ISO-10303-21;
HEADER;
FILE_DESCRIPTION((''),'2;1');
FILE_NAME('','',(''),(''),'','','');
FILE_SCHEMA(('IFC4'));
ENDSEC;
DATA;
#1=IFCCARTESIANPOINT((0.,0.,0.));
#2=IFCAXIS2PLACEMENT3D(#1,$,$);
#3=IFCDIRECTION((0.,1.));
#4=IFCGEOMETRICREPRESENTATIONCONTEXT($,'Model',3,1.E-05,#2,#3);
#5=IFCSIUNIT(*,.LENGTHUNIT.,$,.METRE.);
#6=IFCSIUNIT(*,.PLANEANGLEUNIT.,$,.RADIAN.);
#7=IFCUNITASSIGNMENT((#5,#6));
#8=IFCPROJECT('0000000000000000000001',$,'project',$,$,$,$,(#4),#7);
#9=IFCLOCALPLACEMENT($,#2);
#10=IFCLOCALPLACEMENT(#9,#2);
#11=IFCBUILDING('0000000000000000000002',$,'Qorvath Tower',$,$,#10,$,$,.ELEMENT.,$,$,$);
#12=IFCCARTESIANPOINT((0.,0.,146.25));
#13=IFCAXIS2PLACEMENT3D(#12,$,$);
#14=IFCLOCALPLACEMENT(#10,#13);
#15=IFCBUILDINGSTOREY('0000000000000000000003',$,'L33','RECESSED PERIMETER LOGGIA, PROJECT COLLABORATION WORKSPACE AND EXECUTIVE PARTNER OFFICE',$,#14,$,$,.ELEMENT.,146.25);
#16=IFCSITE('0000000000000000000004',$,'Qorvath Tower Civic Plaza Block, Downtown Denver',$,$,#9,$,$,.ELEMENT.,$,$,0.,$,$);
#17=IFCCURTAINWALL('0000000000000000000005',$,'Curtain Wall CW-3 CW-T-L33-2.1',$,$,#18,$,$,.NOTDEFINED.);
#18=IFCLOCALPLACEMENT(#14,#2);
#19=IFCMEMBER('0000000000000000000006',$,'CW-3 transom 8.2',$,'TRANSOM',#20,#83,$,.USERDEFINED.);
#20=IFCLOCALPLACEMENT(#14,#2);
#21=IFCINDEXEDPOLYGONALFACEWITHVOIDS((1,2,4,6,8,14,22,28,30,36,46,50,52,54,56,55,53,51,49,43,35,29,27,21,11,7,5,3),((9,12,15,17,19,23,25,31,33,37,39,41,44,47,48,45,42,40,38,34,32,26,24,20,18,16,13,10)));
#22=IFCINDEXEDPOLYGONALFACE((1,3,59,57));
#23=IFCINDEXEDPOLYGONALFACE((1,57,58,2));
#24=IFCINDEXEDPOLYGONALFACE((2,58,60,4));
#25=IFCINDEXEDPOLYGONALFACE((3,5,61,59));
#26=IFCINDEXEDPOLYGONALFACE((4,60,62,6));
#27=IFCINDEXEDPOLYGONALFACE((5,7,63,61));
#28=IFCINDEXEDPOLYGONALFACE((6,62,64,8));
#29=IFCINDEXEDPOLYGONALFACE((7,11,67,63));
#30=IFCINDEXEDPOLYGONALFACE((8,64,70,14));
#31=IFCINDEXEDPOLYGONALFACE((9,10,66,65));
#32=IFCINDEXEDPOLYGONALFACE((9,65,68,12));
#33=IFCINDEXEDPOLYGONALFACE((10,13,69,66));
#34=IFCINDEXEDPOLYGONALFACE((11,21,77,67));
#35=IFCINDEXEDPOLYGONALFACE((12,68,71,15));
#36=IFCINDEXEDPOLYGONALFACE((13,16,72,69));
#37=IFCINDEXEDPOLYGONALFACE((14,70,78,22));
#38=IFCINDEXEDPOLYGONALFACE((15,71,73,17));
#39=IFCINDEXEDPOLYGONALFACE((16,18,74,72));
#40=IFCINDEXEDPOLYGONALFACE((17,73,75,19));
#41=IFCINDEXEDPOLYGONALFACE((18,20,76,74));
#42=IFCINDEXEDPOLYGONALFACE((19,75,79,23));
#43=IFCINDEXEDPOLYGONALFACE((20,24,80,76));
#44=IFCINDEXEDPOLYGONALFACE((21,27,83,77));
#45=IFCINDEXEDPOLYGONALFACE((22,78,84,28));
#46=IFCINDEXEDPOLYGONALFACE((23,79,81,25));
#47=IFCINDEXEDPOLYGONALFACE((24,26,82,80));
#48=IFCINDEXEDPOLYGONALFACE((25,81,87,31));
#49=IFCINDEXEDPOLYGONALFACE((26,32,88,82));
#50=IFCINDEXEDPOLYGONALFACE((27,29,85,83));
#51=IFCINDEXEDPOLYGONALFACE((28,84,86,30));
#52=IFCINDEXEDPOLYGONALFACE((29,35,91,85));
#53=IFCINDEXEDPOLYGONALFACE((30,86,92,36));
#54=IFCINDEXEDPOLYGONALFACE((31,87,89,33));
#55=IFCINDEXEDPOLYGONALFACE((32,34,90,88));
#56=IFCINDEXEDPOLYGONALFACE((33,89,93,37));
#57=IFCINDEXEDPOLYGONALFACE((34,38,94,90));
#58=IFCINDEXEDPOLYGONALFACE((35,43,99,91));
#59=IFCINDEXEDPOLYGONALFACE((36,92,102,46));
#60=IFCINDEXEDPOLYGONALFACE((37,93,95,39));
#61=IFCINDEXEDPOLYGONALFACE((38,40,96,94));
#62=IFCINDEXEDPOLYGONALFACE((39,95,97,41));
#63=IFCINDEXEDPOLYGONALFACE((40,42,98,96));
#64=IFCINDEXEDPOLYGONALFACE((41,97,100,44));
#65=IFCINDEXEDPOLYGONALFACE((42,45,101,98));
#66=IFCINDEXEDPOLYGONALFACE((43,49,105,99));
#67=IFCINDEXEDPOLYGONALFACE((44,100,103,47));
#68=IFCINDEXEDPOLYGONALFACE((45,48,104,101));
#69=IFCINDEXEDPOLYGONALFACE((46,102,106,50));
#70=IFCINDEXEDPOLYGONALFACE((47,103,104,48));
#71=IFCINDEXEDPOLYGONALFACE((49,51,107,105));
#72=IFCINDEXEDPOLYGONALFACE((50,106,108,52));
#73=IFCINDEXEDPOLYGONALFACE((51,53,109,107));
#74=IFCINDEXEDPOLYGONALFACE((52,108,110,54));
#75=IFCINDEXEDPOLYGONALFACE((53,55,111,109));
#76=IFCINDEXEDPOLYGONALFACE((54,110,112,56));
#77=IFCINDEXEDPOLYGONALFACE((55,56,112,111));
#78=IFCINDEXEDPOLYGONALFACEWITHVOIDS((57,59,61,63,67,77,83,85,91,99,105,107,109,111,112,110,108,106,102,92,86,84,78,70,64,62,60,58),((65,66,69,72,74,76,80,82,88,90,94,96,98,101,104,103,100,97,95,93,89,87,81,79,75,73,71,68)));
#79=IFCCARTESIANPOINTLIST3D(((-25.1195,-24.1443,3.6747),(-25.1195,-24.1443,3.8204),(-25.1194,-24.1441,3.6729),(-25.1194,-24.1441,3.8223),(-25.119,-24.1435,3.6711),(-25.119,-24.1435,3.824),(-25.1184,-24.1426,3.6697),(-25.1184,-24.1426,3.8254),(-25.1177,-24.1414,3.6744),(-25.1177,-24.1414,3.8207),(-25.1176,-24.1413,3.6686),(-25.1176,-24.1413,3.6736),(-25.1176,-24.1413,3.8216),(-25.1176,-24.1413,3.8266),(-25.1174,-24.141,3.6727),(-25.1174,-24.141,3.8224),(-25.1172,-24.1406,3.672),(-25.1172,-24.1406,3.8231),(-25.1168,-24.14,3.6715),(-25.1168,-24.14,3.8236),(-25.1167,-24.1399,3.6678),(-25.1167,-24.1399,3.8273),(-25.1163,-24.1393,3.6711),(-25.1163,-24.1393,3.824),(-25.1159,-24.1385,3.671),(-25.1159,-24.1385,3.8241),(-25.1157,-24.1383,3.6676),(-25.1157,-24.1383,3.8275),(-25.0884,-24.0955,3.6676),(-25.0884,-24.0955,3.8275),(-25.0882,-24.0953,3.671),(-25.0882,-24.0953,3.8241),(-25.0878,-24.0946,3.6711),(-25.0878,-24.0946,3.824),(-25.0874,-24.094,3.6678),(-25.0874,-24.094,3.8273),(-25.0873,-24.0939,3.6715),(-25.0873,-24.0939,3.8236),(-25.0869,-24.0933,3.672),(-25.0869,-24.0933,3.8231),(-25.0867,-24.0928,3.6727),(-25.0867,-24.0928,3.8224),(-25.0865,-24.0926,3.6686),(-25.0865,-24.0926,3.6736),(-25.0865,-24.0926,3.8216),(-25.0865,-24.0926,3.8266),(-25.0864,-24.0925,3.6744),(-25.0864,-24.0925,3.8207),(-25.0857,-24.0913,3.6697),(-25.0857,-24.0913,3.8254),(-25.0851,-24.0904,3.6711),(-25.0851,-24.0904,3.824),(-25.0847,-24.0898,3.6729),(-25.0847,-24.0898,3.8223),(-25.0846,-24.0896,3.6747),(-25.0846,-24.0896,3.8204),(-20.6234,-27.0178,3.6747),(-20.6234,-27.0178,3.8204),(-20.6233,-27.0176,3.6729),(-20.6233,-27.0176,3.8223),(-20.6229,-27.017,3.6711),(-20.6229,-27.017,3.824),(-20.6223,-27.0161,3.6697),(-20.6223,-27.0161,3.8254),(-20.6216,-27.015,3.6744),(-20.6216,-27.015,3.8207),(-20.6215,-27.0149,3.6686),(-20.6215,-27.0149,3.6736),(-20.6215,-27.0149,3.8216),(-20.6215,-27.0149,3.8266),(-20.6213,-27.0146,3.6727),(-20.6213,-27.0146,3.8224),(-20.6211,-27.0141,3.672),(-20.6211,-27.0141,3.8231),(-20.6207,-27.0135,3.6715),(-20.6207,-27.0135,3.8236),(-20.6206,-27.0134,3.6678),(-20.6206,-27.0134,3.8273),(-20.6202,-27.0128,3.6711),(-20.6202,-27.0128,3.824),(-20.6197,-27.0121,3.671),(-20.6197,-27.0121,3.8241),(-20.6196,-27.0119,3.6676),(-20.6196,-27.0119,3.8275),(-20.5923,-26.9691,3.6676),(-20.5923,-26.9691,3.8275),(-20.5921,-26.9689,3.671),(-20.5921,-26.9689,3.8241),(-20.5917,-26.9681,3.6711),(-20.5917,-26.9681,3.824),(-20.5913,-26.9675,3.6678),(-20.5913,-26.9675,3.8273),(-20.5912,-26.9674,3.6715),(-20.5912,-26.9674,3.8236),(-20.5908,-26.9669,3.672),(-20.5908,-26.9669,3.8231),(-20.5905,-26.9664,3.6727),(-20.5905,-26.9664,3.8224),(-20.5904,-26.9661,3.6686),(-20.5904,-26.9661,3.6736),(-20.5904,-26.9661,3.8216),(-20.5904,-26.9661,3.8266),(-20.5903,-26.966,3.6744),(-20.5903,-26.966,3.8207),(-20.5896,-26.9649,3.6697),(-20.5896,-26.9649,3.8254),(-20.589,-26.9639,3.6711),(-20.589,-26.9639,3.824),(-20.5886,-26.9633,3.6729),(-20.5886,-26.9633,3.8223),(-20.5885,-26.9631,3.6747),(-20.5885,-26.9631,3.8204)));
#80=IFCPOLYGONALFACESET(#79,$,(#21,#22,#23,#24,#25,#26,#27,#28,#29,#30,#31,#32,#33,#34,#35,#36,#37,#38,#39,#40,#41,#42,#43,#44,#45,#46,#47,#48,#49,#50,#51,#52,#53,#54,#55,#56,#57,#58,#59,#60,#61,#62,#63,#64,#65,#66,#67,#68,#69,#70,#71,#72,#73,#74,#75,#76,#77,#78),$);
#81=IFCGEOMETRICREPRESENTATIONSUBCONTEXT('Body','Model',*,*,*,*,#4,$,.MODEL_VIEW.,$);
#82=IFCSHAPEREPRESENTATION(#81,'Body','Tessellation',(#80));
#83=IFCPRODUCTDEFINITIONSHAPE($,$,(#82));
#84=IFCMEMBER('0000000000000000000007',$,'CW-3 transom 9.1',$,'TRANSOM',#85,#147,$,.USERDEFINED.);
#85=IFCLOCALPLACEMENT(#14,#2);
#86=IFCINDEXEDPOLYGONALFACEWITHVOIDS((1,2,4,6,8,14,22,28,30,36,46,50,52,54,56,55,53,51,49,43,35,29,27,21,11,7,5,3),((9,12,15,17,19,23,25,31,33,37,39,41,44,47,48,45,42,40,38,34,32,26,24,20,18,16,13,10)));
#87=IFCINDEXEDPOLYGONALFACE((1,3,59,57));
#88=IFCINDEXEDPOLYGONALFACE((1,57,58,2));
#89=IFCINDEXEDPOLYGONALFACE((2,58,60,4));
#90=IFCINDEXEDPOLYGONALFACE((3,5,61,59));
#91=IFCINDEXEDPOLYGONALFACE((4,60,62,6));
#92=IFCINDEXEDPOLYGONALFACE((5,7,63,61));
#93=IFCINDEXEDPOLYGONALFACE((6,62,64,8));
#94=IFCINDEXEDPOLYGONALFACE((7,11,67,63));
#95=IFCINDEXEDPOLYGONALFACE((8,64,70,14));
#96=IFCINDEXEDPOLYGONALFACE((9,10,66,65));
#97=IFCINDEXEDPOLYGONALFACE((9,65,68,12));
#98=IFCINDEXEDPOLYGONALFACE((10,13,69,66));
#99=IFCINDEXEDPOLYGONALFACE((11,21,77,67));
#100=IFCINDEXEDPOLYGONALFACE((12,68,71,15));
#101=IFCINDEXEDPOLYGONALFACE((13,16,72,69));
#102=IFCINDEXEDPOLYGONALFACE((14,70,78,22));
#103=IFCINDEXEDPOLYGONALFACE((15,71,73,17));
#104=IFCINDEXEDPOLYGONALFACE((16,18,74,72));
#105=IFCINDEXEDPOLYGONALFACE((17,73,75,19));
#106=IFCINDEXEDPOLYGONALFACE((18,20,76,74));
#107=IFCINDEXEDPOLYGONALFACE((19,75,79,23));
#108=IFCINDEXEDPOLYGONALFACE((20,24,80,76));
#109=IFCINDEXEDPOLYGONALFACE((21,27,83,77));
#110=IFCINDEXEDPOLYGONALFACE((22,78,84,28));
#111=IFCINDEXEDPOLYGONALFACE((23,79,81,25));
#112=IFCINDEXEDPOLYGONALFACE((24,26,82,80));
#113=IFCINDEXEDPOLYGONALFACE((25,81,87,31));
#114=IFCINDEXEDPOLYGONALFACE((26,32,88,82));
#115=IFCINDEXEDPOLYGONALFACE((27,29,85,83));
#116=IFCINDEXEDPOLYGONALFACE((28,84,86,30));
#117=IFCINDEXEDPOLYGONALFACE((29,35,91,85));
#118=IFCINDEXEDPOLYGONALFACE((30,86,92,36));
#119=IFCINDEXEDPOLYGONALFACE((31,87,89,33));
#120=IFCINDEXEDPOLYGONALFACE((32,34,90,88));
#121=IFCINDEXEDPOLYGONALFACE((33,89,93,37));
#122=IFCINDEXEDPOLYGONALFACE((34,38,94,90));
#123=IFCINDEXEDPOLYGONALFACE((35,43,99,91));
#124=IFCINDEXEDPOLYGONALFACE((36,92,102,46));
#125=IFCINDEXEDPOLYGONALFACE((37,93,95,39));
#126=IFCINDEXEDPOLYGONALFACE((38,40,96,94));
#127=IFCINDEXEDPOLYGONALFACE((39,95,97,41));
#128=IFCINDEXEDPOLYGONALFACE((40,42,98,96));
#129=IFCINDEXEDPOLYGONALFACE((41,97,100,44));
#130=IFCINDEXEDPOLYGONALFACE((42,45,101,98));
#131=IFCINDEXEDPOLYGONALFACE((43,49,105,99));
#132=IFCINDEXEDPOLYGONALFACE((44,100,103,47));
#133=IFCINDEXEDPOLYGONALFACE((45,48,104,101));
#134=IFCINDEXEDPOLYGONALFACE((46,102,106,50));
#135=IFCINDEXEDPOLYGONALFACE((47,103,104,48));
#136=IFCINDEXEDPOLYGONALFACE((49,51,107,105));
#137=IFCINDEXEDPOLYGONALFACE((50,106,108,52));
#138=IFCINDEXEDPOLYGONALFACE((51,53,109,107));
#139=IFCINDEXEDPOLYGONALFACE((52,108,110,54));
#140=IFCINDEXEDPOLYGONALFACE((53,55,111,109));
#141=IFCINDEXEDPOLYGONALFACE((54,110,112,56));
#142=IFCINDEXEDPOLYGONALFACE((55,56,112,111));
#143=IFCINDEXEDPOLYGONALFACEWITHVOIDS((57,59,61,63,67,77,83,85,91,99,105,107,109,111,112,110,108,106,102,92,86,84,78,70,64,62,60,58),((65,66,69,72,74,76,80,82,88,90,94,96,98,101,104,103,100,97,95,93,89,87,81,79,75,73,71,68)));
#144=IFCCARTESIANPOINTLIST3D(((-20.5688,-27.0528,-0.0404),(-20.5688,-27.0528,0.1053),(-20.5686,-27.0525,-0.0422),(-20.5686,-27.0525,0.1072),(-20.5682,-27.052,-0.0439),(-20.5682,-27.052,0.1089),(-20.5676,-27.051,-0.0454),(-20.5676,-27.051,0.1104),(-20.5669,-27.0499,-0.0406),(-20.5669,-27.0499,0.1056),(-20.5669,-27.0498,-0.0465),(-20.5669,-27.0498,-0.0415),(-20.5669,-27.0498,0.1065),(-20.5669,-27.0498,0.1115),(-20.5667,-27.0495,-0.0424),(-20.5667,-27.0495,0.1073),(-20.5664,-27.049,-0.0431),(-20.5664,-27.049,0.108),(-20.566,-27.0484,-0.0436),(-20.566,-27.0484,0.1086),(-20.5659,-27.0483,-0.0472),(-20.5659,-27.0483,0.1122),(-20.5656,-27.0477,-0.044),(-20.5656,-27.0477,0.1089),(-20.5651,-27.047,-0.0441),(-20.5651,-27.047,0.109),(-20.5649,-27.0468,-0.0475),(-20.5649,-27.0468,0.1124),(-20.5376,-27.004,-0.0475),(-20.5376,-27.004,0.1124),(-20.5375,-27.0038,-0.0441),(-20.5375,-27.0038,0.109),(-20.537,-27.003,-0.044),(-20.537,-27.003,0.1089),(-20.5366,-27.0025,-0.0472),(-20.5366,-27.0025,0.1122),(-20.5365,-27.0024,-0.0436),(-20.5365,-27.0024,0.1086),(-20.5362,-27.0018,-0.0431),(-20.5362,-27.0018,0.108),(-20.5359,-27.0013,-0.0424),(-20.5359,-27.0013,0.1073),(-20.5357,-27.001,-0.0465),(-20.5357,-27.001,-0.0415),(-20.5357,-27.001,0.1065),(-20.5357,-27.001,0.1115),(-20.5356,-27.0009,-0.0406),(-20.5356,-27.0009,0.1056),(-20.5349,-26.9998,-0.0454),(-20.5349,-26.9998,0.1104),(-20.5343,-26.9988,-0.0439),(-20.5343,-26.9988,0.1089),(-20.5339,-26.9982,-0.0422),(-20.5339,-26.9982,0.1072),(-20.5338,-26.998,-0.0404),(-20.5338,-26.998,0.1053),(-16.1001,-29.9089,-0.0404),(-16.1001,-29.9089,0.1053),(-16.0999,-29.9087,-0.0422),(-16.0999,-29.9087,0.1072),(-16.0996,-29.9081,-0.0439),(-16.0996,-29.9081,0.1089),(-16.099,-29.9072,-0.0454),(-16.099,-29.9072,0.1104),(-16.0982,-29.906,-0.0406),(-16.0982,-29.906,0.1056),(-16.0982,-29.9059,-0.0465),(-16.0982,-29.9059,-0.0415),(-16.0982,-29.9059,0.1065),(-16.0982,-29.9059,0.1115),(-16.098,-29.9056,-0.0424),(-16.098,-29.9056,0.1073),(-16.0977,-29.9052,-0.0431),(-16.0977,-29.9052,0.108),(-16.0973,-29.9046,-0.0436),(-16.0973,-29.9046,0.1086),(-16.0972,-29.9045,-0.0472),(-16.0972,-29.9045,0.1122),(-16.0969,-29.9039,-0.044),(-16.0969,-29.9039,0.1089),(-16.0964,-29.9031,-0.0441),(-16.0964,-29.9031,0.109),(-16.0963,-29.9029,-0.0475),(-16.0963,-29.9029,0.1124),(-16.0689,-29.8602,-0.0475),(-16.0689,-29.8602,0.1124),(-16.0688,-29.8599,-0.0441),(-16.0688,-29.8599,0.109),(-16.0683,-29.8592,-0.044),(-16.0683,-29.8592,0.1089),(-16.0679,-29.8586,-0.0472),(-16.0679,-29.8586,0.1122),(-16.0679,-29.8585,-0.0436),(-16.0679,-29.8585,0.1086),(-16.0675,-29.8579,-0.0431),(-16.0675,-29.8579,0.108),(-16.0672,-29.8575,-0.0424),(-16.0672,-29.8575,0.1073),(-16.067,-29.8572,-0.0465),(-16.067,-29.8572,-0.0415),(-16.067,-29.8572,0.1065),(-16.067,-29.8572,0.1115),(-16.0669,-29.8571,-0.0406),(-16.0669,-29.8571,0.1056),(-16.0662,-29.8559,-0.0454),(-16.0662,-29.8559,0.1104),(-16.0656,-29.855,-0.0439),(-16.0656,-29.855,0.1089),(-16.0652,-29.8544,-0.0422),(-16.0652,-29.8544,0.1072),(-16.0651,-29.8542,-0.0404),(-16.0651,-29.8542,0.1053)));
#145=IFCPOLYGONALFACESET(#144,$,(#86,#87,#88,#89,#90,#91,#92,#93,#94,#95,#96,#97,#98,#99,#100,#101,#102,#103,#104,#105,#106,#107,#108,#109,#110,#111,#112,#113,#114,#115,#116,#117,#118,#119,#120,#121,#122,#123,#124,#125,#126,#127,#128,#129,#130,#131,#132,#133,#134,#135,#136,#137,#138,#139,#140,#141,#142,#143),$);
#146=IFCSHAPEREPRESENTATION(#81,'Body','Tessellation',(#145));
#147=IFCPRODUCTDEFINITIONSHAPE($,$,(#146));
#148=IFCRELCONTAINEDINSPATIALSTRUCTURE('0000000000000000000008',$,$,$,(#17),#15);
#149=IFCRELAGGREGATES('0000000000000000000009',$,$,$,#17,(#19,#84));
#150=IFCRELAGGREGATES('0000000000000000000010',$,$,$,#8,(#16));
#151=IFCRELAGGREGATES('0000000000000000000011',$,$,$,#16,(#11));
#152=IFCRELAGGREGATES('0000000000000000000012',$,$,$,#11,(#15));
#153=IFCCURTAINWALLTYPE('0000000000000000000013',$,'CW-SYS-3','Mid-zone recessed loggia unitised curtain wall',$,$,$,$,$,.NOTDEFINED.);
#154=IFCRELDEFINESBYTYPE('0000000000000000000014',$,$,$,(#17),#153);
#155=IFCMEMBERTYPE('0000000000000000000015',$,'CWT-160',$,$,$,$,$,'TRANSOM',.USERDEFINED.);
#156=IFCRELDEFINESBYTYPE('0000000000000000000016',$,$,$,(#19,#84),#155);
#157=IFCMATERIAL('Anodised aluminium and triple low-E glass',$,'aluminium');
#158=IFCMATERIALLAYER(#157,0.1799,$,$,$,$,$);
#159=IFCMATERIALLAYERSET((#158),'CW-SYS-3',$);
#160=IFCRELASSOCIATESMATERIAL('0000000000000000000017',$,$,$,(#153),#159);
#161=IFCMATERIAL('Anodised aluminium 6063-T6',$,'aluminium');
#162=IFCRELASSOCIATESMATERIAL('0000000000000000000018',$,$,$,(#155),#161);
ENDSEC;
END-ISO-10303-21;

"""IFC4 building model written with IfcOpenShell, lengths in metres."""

from ifc_helpers import new_model, si_unit, direction, frame, origin, origin_2d, place, context, subcontext, project, spatial, hollow_rectangle, extrude, material, layer, layer_set, material_profile, profile_set, type_object, element, aggregate, save


model = new_model("IFC4")

# Units and contexts
model_context = context("Model", 3, precision=1e-05, world=origin(), true_north=direction((0.0, 1.0)))
body_context = subcontext(model_context, "Body", "Model", "MODEL_VIEW")
ifc_project = project(units=[si_unit("LENGTHUNIT", "METRE"), si_unit("PLANEANGLEUNIT", "RADIAN")], contexts=[model_context])

# Site, building, storey
site_placement = place(None, origin())
site = spatial("IfcSite", under=ifc_project, at=site_placement, Name="Qorvath Tower Civic Plaza Block, Downtown Denver", CompositionType="ELEMENT", RefElevation=0.0)
building_placement = place(site_placement, origin())
building = spatial("IfcBuilding", under=site, at=building_placement, Name="Qorvath Tower", CompositionType="ELEMENT")
storey_placement = place(building_placement, frame((0.0, 0.0, 146.25)))
storey = spatial("IfcBuildingStorey", under=building, at=storey_placement, Name="L33", Description="RECESSED PERIMETER LOGGIA, PROJECT COLLABORATION WORKSPACE AND EXECUTIVE PARTNER OFFICE", CompositionType="ELEMENT", Elevation=146.25)

# Curtain wall, members
ifc_material_1 = material(Name="Anodised aluminium and triple low-E glass", Category="aluminium")
ifc_layer_1 = layer(ifc_material_1, 0.1799)
ifc_layer_set_1 = layer_set([ifc_layer_1], Name="CW-SYS-3")
curtain_wall_type = type_object("IfcCurtainWallType", Name="CW-SYS-3", Description="Mid-zone recessed loggia unitised curtain wall", PredefinedType="NOTDEFINED", material=ifc_layer_set_1)
curtain_wall_placement = place(storey_placement, origin())
curtain_wall = element("IfcCurtainWall", 1, at=curtain_wall_placement, inside=storey, type_object=curtain_wall_type, Name="Curtain Wall CW-3 CW-T-L33-2.1", PredefinedType="NOTDEFINED")
ifc_material_2 = material(Name="Anodised aluminium 6063-T6", Category="aluminium")
ifc_material_profile_1 = material_profile(ifc_material_2, hollow_rectangle(XDim=0.0649, YDim=0.1599, WallThickness=0.0034, InnerFilletRadius=0.0034, OuterFilletRadius=0.0071, at=origin_2d()), Name="CWT 160x65")
ifc_profile_set_1 = profile_set([ifc_material_profile_1], Name="Anodised aluminium 6063-T6")
member_type_1 = type_object("IfcMemberType", Name="CWT-160", ElementType="TRANSOM", PredefinedType="USERDEFINED", material=ifc_profile_set_1)
member_1_placement = place(storey_placement, frame((-25.1021, -24.1169, 3.7476), z_axis=(0.842609, -0.538526, 0.0), x_axis=(0.538526, 0.842609, 0.0)))
member_1 = element("IfcMember", 2, at=member_1_placement, type_object=member_type_1, Name="CW-3 transom 8.2", ObjectType="TRANSOM", PredefinedType="USERDEFINED", context=body_context, shape_type="SweptSolid", body=[
    extrude(hollow_rectangle(XDim=0.0649, YDim=0.1599, WallThickness=0.0034, InnerFilletRadius=0.0034, OuterFilletRadius=0.0071, at=origin_2d()), origin(), (0.0, 0.0, 1.0), 5.3359),
])
member_2_placement = place(storey_placement, frame((-20.5513, -27.0254, 0.0325), z_axis=(0.842596, -0.538545, 0.0), x_axis=(0.538545, 0.842596, 0.0)))
member_2 = element("IfcMember", 3, at=member_2_placement, type_object=member_type_1, Name="CW-3 transom 9.1", ObjectType="TRANSOM", PredefinedType="USERDEFINED", context=body_context, shape_type="SweptSolid", body=[
    extrude(hollow_rectangle(XDim=0.0649, YDim=0.1599, WallThickness=0.0034, InnerFilletRadius=0.0034, OuterFilletRadius=0.0071, at=origin_2d()), origin(), (0.0, 0.0, 1.0), 5.3035),
])
aggregate(curtain_wall, [member_1, member_2])

save(model, "model.ifc")
